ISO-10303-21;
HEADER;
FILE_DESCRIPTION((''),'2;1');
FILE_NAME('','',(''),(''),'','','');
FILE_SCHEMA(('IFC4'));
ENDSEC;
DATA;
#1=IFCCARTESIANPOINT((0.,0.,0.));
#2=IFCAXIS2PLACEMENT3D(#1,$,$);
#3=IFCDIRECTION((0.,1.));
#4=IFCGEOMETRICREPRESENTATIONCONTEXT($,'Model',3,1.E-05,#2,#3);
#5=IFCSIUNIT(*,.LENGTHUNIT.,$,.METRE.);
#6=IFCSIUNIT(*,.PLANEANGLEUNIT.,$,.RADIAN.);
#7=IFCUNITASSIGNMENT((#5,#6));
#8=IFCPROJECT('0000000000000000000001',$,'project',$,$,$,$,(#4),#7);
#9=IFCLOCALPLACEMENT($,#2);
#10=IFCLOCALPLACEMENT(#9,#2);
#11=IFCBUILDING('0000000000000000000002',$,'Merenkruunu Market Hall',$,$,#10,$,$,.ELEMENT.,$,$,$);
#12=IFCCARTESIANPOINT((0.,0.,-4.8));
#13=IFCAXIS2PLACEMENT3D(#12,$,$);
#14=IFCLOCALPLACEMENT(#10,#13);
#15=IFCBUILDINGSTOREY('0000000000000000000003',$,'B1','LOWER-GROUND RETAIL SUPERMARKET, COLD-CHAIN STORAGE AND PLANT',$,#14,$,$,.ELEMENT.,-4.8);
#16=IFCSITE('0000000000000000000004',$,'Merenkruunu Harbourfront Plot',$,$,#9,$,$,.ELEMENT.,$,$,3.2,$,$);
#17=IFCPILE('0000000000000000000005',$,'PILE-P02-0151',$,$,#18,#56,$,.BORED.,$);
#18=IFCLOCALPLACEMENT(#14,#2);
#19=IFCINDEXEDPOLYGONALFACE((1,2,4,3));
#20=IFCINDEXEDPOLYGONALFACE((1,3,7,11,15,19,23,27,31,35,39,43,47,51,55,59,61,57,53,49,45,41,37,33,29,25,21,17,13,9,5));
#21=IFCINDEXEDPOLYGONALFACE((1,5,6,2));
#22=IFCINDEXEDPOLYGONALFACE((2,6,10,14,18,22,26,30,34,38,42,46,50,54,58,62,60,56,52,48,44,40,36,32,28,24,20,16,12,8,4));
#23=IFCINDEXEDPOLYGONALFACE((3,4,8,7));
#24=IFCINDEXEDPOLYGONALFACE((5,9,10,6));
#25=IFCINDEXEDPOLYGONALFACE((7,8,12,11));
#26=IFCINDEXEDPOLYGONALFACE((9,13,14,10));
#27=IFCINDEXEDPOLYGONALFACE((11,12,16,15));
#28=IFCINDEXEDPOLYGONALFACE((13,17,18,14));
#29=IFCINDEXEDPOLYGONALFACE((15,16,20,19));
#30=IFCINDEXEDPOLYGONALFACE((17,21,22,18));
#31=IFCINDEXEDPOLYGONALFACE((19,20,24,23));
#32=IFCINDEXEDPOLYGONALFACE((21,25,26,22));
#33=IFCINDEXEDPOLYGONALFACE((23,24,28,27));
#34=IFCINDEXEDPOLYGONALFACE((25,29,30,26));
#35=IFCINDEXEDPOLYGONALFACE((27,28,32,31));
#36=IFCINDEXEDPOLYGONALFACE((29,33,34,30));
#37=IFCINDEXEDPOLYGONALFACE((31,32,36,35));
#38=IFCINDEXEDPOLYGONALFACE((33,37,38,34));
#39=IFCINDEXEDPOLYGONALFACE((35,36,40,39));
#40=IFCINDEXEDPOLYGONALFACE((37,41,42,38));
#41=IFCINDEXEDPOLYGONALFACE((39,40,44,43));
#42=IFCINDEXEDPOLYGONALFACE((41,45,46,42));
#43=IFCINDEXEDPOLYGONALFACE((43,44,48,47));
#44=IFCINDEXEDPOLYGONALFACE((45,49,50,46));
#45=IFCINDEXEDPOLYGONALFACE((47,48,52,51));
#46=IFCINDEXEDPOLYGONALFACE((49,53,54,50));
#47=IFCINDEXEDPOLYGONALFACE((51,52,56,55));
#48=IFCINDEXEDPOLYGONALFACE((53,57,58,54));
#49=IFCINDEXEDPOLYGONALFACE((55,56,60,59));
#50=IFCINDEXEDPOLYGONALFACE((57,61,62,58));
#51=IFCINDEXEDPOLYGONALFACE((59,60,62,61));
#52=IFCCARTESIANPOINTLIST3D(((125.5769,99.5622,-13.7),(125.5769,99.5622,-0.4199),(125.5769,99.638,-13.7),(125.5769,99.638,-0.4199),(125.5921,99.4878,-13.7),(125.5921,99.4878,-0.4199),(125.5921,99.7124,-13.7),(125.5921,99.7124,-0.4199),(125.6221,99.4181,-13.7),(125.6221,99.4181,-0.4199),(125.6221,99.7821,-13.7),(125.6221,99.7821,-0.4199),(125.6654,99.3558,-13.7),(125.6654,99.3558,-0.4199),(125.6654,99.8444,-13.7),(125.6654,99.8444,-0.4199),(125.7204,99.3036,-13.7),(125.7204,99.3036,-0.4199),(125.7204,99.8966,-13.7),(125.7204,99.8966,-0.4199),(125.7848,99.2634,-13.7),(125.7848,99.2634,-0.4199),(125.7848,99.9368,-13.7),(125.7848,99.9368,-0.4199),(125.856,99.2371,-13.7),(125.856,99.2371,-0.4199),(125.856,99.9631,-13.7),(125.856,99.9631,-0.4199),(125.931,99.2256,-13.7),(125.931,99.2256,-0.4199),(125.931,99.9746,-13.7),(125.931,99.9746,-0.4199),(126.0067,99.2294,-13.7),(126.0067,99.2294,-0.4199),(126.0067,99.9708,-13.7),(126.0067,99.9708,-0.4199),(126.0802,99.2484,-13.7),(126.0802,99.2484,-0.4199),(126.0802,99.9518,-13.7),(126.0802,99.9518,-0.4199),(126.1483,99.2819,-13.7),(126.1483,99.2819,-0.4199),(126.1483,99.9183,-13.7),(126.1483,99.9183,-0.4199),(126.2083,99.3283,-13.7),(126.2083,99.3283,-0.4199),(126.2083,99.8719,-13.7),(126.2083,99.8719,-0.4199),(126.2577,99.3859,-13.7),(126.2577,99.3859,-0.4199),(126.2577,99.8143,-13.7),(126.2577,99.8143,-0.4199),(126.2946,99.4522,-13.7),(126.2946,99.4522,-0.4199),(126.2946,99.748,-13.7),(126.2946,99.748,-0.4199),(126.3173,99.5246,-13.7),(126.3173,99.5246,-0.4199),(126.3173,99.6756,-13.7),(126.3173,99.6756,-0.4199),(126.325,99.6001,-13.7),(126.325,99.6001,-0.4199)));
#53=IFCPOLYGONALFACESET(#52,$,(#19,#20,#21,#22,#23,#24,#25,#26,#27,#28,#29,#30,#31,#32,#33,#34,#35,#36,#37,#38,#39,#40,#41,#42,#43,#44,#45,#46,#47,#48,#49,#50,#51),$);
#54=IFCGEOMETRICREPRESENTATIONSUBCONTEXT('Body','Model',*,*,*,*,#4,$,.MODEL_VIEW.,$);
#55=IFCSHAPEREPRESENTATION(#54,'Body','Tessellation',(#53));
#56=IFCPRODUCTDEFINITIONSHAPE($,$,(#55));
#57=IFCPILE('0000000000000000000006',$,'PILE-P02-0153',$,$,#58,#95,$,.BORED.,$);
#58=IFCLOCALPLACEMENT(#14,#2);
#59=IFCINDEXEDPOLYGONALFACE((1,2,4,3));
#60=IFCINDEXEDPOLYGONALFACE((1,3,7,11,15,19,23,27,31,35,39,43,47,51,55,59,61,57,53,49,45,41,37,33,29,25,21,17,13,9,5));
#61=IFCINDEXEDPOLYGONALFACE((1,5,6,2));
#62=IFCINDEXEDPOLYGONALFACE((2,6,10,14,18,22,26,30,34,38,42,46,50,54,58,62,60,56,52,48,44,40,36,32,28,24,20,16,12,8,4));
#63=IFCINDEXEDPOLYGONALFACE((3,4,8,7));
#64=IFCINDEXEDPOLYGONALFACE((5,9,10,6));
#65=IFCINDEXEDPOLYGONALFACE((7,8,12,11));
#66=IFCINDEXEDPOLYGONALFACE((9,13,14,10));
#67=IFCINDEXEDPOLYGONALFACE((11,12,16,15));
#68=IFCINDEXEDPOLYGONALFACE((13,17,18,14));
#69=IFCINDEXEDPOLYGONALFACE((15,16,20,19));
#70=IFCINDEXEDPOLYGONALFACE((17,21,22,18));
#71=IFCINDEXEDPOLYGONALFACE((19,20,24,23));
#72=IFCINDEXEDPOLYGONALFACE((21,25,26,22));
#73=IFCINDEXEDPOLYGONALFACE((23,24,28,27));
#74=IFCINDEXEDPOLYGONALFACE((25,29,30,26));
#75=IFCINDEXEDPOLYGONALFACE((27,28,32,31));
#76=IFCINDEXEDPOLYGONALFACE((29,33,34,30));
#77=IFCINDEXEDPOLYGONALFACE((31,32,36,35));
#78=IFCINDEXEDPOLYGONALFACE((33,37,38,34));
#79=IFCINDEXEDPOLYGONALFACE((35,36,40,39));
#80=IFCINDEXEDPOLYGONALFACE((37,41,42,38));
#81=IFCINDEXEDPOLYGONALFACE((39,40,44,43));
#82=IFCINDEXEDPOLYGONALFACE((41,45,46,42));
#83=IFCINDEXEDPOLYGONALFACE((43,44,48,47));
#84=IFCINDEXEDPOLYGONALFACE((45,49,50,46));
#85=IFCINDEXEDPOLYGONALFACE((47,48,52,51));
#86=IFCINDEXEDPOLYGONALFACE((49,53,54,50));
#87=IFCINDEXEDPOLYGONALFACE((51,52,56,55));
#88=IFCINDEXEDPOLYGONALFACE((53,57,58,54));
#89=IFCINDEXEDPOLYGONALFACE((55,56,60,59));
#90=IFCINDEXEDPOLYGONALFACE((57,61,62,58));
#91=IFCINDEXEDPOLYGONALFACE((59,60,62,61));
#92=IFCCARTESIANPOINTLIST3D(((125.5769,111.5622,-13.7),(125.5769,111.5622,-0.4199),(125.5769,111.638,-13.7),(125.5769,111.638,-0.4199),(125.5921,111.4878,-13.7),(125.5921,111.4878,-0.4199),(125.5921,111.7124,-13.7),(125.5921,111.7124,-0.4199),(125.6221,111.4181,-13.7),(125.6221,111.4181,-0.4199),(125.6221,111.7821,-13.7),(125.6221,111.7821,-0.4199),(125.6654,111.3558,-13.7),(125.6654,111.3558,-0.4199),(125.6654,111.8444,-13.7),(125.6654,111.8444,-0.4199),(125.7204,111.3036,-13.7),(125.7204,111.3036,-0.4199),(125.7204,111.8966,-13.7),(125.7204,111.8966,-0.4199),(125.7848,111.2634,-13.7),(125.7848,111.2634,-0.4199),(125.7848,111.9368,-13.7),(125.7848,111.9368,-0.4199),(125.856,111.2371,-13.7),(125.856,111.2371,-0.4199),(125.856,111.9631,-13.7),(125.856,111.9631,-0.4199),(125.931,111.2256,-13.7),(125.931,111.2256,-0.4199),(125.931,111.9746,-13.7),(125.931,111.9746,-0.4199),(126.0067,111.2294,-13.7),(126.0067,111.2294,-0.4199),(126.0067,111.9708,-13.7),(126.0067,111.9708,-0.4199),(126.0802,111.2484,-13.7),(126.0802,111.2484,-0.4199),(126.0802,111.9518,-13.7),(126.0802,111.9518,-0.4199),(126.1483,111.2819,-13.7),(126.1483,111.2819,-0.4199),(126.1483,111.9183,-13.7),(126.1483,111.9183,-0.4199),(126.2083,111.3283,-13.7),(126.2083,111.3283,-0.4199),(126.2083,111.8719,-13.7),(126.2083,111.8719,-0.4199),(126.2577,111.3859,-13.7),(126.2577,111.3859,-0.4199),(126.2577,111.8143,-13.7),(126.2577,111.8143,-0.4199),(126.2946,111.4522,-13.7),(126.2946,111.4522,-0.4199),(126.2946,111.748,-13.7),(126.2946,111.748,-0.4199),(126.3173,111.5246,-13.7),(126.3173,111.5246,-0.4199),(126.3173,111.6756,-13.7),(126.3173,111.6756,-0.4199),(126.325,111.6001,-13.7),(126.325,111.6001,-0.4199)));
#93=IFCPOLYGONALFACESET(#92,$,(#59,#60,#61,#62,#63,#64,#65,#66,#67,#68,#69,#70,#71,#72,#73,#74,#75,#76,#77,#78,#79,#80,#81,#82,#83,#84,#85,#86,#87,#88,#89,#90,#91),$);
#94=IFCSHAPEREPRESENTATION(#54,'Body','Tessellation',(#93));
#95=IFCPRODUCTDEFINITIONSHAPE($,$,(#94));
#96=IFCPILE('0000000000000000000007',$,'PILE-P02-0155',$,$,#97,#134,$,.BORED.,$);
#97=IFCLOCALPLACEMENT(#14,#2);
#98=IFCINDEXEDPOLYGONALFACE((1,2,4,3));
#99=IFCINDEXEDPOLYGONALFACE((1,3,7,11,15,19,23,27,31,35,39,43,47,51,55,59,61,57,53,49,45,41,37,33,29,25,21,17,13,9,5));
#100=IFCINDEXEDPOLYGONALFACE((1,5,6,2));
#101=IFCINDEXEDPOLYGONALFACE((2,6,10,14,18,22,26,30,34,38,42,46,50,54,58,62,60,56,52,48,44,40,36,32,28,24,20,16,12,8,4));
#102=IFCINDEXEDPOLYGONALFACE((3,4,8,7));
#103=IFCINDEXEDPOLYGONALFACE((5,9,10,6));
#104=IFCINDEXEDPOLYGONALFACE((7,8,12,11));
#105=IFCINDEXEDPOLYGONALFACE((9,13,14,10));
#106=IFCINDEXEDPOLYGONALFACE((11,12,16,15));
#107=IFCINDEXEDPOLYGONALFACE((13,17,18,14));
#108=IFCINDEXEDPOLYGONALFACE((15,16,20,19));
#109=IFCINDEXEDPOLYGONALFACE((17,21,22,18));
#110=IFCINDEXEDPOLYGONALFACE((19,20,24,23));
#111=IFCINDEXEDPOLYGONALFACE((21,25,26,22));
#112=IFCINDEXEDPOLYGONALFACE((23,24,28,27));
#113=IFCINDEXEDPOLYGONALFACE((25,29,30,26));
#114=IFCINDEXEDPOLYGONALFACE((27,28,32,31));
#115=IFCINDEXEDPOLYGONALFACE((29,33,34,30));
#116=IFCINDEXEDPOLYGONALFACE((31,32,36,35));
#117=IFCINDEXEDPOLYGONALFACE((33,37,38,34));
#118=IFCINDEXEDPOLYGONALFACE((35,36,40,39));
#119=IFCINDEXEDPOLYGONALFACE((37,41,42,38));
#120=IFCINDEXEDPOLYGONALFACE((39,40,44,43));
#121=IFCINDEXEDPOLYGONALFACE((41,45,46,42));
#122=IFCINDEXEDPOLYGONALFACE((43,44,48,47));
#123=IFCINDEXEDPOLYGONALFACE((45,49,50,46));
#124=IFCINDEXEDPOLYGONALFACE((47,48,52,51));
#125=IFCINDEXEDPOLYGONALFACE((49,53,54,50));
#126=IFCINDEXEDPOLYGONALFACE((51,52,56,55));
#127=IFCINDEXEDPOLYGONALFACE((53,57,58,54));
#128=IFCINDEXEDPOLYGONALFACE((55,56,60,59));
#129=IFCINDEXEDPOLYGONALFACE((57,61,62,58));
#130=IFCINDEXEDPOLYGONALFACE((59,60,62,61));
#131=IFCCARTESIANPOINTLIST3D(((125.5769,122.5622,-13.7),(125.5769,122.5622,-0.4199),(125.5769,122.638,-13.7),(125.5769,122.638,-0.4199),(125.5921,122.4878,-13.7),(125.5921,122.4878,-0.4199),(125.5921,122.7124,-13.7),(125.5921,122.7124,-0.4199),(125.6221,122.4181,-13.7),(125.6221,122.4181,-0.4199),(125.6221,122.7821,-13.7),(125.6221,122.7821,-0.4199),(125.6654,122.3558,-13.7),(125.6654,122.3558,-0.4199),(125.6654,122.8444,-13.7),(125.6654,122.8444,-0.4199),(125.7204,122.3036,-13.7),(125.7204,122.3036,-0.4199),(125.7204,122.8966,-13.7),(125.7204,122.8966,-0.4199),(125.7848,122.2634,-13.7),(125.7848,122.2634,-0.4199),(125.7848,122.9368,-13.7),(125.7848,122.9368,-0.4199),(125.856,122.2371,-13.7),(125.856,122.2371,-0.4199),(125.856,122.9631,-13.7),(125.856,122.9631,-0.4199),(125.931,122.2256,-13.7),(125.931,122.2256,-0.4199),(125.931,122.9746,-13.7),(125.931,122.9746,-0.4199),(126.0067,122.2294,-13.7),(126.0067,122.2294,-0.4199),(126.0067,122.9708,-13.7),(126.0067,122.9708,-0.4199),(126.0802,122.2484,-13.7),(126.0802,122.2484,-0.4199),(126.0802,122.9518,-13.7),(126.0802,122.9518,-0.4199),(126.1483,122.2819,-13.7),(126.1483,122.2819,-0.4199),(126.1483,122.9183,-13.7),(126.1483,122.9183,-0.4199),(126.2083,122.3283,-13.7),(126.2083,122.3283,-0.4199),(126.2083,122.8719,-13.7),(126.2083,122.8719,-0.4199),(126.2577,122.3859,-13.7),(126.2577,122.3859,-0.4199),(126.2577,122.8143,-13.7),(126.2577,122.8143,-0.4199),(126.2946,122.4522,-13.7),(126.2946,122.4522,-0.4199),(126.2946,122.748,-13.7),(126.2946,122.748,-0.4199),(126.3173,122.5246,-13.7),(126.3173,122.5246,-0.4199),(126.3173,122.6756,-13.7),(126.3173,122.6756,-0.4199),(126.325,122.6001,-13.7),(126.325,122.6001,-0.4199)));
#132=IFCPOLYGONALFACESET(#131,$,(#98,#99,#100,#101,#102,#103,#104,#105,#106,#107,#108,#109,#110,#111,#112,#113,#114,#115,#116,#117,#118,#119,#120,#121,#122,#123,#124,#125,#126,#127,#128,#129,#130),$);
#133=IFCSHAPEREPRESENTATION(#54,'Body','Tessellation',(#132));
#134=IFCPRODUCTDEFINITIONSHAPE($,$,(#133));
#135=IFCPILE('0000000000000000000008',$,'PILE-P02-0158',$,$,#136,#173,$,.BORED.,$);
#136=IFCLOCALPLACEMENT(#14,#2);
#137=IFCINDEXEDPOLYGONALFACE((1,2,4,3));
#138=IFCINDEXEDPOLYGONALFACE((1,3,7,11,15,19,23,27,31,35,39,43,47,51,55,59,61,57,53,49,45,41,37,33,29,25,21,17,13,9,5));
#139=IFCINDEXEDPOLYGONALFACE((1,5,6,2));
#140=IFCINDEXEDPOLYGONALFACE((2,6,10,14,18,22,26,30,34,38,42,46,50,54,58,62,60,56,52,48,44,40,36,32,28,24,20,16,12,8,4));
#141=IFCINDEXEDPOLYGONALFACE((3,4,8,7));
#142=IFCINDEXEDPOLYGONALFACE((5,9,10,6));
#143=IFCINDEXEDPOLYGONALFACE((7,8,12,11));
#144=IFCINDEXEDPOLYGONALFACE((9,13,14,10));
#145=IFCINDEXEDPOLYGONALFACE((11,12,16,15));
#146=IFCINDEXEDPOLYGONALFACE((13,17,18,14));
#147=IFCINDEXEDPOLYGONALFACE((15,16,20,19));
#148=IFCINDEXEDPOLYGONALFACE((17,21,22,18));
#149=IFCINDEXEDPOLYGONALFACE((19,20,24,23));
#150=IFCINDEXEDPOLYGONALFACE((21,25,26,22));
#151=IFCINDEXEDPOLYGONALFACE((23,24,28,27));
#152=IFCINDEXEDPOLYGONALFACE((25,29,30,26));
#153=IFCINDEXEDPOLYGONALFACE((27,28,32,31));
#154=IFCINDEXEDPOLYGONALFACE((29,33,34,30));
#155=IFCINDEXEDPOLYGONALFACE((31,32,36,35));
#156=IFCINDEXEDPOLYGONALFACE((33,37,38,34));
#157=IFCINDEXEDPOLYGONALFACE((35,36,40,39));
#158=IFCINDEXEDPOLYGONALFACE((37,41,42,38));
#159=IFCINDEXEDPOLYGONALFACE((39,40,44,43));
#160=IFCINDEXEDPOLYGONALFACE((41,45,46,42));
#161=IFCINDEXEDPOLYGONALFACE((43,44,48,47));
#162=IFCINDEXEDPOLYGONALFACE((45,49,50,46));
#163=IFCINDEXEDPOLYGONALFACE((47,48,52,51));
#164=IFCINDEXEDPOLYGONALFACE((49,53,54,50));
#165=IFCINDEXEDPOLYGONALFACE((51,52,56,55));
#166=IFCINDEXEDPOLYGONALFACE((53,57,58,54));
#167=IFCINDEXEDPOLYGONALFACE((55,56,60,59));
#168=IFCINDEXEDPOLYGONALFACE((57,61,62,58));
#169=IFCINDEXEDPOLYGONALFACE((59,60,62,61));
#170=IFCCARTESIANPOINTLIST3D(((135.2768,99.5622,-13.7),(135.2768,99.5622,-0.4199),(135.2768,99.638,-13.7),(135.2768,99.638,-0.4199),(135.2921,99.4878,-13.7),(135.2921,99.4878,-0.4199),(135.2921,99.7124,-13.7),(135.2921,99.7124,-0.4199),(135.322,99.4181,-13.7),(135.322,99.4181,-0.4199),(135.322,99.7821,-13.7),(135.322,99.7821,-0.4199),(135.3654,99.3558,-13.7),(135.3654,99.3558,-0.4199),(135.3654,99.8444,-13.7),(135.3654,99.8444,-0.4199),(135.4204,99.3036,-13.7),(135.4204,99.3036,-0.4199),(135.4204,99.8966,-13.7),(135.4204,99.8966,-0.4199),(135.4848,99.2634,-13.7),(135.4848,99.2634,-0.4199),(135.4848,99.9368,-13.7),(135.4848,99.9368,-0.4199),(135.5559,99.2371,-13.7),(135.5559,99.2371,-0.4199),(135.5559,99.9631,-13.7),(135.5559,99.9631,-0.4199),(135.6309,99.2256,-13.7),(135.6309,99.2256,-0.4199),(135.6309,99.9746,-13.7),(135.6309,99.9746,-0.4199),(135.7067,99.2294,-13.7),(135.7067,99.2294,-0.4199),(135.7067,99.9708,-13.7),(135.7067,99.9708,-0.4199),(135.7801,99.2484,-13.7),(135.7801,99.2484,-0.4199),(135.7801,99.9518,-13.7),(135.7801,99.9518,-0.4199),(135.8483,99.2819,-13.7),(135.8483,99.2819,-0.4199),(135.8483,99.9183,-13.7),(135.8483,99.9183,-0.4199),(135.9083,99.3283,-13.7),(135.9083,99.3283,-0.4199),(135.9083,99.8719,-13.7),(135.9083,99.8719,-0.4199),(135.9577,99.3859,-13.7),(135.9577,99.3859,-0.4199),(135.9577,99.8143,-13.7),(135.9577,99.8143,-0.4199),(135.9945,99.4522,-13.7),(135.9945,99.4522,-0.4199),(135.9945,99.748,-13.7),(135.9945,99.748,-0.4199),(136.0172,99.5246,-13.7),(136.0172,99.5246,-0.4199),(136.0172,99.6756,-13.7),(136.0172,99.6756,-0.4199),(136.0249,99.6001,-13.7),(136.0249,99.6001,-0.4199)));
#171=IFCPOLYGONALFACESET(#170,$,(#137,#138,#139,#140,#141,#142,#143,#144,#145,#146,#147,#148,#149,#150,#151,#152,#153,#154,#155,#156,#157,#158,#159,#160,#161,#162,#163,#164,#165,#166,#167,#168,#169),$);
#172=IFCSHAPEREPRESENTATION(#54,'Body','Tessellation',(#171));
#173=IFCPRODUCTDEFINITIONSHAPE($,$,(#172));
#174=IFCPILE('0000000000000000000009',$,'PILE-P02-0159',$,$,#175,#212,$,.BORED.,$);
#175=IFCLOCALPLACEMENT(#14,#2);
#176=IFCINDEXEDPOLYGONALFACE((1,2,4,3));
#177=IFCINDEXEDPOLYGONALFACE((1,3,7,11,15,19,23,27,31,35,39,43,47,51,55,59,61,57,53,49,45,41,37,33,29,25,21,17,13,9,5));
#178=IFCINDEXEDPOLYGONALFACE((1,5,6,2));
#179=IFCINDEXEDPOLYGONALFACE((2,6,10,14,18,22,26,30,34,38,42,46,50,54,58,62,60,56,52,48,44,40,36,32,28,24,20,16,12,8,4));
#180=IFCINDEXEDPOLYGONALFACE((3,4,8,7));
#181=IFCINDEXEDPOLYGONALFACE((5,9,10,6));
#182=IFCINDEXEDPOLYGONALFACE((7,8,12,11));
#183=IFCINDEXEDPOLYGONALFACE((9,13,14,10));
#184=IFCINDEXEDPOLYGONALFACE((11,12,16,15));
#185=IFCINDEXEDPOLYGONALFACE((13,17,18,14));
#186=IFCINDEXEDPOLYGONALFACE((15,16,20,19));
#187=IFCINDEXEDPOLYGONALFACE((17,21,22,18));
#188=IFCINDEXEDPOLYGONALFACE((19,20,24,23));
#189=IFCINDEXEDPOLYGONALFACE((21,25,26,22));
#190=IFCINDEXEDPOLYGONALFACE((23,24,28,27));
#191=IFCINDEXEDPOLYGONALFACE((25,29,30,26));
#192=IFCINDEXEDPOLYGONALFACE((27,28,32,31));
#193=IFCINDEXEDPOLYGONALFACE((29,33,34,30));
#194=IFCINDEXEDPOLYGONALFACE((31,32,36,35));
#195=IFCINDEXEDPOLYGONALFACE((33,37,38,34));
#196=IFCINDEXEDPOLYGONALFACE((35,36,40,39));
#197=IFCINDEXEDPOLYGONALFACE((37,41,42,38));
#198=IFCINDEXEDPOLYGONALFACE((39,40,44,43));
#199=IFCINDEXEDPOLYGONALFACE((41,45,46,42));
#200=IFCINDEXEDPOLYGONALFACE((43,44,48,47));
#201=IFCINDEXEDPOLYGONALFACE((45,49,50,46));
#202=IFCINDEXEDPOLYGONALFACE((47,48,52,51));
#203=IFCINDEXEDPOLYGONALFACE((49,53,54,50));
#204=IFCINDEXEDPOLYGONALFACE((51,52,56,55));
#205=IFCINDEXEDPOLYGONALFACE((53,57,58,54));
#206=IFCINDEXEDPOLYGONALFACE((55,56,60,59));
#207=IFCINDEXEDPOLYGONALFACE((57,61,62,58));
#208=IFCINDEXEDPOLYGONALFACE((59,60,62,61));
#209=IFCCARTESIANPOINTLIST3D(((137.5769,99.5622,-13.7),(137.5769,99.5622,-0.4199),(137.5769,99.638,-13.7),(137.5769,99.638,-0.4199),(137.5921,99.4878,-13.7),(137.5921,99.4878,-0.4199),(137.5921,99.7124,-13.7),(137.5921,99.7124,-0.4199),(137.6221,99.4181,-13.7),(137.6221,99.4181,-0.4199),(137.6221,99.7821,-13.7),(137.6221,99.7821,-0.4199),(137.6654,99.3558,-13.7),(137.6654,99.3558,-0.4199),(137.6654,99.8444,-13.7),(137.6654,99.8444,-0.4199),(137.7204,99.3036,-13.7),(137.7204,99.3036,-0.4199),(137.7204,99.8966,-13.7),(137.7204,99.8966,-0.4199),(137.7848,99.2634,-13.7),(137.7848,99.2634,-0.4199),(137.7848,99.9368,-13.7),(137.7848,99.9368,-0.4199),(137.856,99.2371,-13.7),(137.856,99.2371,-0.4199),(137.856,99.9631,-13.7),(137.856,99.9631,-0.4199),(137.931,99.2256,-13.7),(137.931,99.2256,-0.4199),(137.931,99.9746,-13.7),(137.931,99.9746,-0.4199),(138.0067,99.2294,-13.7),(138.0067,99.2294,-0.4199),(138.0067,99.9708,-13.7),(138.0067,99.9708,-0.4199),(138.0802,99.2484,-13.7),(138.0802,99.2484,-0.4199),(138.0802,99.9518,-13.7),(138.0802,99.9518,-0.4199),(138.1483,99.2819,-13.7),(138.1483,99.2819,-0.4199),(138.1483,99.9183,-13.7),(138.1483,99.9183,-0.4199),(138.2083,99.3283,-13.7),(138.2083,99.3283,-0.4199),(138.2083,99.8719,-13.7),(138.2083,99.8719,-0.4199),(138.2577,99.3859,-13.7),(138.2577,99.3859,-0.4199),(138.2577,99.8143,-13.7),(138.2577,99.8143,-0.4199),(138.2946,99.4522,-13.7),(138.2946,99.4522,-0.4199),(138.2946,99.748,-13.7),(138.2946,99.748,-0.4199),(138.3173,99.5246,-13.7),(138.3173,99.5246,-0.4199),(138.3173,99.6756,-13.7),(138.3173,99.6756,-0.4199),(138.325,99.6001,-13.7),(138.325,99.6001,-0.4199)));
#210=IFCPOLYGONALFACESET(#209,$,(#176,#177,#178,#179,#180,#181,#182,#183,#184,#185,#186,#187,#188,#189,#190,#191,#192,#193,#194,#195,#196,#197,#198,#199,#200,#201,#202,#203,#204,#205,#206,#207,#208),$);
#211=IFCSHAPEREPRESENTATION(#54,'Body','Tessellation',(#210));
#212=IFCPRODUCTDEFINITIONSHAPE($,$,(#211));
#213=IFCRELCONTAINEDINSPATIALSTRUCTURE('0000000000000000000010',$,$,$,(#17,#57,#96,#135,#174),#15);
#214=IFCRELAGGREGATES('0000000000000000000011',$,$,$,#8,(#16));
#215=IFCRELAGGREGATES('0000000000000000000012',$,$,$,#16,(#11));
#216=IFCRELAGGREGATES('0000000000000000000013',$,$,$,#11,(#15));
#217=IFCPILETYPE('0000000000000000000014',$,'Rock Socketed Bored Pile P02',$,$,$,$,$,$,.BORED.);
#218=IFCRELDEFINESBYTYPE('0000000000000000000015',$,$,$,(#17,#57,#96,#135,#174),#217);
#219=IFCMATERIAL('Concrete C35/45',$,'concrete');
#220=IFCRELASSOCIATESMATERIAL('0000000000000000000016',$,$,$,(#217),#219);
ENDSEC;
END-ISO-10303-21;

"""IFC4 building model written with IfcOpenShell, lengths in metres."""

from ifc_helpers import new_model, si_unit, direction, frame, origin, origin_2d, place, context, subcontext, project, spatial, circle, extrude, material, material_profile, profile_set, type_object, element, save


model = new_model("IFC4")

# Units and contexts
model_context = context("Model", 3, precision=1e-05, world=origin(), true_north=direction((0.0, 1.0)))
body_context = subcontext(model_context, "Body", "Model", "MODEL_VIEW")
ifc_project = project(units=[si_unit("LENGTHUNIT", "METRE"), si_unit("PLANEANGLEUNIT", "RADIAN")], contexts=[model_context])

# Site, building, storey
site_placement = place(None, origin())
site = spatial("IfcSite", under=ifc_project, at=site_placement, Name="Merenkruunu Harbourfront Plot", CompositionType="ELEMENT", RefElevation=3.2)
building_placement = place(site_placement, origin())
building = spatial("IfcBuilding", under=site, at=building_placement, Name="Merenkruunu Market Hall", CompositionType="ELEMENT")
storey_placement = place(building_placement, frame((0.0, 0.0, -4.8)))
storey = spatial("IfcBuildingStorey", under=building, at=storey_placement, Name="B1", Description="LOWER-GROUND RETAIL SUPERMARKET, COLD-CHAIN STORAGE AND PLANT", CompositionType="ELEMENT", Elevation=-4.8)

# Piles
ifc_material_1 = material(Name="Concrete C35/45", Category="concrete")
ifc_material_profile_1 = material_profile(ifc_material_1, circle(Radius=0.375, at=origin_2d()), Name="BORED PILE 750")
ifc_profile_set_1 = profile_set([ifc_material_profile_1], Name="Concrete C35/45")
pile_type = type_object("IfcPileType", Name="Rock Socketed Bored Pile P02", PredefinedType="BORED", material=ifc_profile_set_1)
for number, where, z_axis, x_axis, name in (
    (1, (125.95, 99.6001, -0.4199), (0.0, 0.0, -1.0), (1.0, 0.0, 0.0), "PILE-P02-0151"),
    (2, (125.95, 111.6001, -0.4199), (0.0, 0.0, -1.0), (1.0, 0.0, 0.0), "PILE-P02-0153"),
    (3, (125.95, 122.6001, -0.4199), (0.0, 0.0, -1.0), (1.0, 0.0, 0.0), "PILE-P02-0155"),
    (4, (135.6499, 99.6001, -0.4199), (0.0, 0.0, -1.0), (1.0, 0.0, 0.0), "PILE-P02-0158"),
    (5, (137.95, 99.6001, -0.4199), (0.0, 0.0, -1.0), (1.0, 0.0, 0.0), "PILE-P02-0159"),
):
    element("IfcPile", number, at=place(storey_placement, frame(where, z_axis=z_axis, x_axis=x_axis)), inside=storey, type_object=pile_type, Name=name, PredefinedType="BORED", context=body_context, shape_type="SweptSolid", body=[
        extrude(circle(Radius=0.375, at=origin_2d()), origin(), (0.0, 0.0, 1.0), 13.28),
    ])

save(model, "model.ifc")
